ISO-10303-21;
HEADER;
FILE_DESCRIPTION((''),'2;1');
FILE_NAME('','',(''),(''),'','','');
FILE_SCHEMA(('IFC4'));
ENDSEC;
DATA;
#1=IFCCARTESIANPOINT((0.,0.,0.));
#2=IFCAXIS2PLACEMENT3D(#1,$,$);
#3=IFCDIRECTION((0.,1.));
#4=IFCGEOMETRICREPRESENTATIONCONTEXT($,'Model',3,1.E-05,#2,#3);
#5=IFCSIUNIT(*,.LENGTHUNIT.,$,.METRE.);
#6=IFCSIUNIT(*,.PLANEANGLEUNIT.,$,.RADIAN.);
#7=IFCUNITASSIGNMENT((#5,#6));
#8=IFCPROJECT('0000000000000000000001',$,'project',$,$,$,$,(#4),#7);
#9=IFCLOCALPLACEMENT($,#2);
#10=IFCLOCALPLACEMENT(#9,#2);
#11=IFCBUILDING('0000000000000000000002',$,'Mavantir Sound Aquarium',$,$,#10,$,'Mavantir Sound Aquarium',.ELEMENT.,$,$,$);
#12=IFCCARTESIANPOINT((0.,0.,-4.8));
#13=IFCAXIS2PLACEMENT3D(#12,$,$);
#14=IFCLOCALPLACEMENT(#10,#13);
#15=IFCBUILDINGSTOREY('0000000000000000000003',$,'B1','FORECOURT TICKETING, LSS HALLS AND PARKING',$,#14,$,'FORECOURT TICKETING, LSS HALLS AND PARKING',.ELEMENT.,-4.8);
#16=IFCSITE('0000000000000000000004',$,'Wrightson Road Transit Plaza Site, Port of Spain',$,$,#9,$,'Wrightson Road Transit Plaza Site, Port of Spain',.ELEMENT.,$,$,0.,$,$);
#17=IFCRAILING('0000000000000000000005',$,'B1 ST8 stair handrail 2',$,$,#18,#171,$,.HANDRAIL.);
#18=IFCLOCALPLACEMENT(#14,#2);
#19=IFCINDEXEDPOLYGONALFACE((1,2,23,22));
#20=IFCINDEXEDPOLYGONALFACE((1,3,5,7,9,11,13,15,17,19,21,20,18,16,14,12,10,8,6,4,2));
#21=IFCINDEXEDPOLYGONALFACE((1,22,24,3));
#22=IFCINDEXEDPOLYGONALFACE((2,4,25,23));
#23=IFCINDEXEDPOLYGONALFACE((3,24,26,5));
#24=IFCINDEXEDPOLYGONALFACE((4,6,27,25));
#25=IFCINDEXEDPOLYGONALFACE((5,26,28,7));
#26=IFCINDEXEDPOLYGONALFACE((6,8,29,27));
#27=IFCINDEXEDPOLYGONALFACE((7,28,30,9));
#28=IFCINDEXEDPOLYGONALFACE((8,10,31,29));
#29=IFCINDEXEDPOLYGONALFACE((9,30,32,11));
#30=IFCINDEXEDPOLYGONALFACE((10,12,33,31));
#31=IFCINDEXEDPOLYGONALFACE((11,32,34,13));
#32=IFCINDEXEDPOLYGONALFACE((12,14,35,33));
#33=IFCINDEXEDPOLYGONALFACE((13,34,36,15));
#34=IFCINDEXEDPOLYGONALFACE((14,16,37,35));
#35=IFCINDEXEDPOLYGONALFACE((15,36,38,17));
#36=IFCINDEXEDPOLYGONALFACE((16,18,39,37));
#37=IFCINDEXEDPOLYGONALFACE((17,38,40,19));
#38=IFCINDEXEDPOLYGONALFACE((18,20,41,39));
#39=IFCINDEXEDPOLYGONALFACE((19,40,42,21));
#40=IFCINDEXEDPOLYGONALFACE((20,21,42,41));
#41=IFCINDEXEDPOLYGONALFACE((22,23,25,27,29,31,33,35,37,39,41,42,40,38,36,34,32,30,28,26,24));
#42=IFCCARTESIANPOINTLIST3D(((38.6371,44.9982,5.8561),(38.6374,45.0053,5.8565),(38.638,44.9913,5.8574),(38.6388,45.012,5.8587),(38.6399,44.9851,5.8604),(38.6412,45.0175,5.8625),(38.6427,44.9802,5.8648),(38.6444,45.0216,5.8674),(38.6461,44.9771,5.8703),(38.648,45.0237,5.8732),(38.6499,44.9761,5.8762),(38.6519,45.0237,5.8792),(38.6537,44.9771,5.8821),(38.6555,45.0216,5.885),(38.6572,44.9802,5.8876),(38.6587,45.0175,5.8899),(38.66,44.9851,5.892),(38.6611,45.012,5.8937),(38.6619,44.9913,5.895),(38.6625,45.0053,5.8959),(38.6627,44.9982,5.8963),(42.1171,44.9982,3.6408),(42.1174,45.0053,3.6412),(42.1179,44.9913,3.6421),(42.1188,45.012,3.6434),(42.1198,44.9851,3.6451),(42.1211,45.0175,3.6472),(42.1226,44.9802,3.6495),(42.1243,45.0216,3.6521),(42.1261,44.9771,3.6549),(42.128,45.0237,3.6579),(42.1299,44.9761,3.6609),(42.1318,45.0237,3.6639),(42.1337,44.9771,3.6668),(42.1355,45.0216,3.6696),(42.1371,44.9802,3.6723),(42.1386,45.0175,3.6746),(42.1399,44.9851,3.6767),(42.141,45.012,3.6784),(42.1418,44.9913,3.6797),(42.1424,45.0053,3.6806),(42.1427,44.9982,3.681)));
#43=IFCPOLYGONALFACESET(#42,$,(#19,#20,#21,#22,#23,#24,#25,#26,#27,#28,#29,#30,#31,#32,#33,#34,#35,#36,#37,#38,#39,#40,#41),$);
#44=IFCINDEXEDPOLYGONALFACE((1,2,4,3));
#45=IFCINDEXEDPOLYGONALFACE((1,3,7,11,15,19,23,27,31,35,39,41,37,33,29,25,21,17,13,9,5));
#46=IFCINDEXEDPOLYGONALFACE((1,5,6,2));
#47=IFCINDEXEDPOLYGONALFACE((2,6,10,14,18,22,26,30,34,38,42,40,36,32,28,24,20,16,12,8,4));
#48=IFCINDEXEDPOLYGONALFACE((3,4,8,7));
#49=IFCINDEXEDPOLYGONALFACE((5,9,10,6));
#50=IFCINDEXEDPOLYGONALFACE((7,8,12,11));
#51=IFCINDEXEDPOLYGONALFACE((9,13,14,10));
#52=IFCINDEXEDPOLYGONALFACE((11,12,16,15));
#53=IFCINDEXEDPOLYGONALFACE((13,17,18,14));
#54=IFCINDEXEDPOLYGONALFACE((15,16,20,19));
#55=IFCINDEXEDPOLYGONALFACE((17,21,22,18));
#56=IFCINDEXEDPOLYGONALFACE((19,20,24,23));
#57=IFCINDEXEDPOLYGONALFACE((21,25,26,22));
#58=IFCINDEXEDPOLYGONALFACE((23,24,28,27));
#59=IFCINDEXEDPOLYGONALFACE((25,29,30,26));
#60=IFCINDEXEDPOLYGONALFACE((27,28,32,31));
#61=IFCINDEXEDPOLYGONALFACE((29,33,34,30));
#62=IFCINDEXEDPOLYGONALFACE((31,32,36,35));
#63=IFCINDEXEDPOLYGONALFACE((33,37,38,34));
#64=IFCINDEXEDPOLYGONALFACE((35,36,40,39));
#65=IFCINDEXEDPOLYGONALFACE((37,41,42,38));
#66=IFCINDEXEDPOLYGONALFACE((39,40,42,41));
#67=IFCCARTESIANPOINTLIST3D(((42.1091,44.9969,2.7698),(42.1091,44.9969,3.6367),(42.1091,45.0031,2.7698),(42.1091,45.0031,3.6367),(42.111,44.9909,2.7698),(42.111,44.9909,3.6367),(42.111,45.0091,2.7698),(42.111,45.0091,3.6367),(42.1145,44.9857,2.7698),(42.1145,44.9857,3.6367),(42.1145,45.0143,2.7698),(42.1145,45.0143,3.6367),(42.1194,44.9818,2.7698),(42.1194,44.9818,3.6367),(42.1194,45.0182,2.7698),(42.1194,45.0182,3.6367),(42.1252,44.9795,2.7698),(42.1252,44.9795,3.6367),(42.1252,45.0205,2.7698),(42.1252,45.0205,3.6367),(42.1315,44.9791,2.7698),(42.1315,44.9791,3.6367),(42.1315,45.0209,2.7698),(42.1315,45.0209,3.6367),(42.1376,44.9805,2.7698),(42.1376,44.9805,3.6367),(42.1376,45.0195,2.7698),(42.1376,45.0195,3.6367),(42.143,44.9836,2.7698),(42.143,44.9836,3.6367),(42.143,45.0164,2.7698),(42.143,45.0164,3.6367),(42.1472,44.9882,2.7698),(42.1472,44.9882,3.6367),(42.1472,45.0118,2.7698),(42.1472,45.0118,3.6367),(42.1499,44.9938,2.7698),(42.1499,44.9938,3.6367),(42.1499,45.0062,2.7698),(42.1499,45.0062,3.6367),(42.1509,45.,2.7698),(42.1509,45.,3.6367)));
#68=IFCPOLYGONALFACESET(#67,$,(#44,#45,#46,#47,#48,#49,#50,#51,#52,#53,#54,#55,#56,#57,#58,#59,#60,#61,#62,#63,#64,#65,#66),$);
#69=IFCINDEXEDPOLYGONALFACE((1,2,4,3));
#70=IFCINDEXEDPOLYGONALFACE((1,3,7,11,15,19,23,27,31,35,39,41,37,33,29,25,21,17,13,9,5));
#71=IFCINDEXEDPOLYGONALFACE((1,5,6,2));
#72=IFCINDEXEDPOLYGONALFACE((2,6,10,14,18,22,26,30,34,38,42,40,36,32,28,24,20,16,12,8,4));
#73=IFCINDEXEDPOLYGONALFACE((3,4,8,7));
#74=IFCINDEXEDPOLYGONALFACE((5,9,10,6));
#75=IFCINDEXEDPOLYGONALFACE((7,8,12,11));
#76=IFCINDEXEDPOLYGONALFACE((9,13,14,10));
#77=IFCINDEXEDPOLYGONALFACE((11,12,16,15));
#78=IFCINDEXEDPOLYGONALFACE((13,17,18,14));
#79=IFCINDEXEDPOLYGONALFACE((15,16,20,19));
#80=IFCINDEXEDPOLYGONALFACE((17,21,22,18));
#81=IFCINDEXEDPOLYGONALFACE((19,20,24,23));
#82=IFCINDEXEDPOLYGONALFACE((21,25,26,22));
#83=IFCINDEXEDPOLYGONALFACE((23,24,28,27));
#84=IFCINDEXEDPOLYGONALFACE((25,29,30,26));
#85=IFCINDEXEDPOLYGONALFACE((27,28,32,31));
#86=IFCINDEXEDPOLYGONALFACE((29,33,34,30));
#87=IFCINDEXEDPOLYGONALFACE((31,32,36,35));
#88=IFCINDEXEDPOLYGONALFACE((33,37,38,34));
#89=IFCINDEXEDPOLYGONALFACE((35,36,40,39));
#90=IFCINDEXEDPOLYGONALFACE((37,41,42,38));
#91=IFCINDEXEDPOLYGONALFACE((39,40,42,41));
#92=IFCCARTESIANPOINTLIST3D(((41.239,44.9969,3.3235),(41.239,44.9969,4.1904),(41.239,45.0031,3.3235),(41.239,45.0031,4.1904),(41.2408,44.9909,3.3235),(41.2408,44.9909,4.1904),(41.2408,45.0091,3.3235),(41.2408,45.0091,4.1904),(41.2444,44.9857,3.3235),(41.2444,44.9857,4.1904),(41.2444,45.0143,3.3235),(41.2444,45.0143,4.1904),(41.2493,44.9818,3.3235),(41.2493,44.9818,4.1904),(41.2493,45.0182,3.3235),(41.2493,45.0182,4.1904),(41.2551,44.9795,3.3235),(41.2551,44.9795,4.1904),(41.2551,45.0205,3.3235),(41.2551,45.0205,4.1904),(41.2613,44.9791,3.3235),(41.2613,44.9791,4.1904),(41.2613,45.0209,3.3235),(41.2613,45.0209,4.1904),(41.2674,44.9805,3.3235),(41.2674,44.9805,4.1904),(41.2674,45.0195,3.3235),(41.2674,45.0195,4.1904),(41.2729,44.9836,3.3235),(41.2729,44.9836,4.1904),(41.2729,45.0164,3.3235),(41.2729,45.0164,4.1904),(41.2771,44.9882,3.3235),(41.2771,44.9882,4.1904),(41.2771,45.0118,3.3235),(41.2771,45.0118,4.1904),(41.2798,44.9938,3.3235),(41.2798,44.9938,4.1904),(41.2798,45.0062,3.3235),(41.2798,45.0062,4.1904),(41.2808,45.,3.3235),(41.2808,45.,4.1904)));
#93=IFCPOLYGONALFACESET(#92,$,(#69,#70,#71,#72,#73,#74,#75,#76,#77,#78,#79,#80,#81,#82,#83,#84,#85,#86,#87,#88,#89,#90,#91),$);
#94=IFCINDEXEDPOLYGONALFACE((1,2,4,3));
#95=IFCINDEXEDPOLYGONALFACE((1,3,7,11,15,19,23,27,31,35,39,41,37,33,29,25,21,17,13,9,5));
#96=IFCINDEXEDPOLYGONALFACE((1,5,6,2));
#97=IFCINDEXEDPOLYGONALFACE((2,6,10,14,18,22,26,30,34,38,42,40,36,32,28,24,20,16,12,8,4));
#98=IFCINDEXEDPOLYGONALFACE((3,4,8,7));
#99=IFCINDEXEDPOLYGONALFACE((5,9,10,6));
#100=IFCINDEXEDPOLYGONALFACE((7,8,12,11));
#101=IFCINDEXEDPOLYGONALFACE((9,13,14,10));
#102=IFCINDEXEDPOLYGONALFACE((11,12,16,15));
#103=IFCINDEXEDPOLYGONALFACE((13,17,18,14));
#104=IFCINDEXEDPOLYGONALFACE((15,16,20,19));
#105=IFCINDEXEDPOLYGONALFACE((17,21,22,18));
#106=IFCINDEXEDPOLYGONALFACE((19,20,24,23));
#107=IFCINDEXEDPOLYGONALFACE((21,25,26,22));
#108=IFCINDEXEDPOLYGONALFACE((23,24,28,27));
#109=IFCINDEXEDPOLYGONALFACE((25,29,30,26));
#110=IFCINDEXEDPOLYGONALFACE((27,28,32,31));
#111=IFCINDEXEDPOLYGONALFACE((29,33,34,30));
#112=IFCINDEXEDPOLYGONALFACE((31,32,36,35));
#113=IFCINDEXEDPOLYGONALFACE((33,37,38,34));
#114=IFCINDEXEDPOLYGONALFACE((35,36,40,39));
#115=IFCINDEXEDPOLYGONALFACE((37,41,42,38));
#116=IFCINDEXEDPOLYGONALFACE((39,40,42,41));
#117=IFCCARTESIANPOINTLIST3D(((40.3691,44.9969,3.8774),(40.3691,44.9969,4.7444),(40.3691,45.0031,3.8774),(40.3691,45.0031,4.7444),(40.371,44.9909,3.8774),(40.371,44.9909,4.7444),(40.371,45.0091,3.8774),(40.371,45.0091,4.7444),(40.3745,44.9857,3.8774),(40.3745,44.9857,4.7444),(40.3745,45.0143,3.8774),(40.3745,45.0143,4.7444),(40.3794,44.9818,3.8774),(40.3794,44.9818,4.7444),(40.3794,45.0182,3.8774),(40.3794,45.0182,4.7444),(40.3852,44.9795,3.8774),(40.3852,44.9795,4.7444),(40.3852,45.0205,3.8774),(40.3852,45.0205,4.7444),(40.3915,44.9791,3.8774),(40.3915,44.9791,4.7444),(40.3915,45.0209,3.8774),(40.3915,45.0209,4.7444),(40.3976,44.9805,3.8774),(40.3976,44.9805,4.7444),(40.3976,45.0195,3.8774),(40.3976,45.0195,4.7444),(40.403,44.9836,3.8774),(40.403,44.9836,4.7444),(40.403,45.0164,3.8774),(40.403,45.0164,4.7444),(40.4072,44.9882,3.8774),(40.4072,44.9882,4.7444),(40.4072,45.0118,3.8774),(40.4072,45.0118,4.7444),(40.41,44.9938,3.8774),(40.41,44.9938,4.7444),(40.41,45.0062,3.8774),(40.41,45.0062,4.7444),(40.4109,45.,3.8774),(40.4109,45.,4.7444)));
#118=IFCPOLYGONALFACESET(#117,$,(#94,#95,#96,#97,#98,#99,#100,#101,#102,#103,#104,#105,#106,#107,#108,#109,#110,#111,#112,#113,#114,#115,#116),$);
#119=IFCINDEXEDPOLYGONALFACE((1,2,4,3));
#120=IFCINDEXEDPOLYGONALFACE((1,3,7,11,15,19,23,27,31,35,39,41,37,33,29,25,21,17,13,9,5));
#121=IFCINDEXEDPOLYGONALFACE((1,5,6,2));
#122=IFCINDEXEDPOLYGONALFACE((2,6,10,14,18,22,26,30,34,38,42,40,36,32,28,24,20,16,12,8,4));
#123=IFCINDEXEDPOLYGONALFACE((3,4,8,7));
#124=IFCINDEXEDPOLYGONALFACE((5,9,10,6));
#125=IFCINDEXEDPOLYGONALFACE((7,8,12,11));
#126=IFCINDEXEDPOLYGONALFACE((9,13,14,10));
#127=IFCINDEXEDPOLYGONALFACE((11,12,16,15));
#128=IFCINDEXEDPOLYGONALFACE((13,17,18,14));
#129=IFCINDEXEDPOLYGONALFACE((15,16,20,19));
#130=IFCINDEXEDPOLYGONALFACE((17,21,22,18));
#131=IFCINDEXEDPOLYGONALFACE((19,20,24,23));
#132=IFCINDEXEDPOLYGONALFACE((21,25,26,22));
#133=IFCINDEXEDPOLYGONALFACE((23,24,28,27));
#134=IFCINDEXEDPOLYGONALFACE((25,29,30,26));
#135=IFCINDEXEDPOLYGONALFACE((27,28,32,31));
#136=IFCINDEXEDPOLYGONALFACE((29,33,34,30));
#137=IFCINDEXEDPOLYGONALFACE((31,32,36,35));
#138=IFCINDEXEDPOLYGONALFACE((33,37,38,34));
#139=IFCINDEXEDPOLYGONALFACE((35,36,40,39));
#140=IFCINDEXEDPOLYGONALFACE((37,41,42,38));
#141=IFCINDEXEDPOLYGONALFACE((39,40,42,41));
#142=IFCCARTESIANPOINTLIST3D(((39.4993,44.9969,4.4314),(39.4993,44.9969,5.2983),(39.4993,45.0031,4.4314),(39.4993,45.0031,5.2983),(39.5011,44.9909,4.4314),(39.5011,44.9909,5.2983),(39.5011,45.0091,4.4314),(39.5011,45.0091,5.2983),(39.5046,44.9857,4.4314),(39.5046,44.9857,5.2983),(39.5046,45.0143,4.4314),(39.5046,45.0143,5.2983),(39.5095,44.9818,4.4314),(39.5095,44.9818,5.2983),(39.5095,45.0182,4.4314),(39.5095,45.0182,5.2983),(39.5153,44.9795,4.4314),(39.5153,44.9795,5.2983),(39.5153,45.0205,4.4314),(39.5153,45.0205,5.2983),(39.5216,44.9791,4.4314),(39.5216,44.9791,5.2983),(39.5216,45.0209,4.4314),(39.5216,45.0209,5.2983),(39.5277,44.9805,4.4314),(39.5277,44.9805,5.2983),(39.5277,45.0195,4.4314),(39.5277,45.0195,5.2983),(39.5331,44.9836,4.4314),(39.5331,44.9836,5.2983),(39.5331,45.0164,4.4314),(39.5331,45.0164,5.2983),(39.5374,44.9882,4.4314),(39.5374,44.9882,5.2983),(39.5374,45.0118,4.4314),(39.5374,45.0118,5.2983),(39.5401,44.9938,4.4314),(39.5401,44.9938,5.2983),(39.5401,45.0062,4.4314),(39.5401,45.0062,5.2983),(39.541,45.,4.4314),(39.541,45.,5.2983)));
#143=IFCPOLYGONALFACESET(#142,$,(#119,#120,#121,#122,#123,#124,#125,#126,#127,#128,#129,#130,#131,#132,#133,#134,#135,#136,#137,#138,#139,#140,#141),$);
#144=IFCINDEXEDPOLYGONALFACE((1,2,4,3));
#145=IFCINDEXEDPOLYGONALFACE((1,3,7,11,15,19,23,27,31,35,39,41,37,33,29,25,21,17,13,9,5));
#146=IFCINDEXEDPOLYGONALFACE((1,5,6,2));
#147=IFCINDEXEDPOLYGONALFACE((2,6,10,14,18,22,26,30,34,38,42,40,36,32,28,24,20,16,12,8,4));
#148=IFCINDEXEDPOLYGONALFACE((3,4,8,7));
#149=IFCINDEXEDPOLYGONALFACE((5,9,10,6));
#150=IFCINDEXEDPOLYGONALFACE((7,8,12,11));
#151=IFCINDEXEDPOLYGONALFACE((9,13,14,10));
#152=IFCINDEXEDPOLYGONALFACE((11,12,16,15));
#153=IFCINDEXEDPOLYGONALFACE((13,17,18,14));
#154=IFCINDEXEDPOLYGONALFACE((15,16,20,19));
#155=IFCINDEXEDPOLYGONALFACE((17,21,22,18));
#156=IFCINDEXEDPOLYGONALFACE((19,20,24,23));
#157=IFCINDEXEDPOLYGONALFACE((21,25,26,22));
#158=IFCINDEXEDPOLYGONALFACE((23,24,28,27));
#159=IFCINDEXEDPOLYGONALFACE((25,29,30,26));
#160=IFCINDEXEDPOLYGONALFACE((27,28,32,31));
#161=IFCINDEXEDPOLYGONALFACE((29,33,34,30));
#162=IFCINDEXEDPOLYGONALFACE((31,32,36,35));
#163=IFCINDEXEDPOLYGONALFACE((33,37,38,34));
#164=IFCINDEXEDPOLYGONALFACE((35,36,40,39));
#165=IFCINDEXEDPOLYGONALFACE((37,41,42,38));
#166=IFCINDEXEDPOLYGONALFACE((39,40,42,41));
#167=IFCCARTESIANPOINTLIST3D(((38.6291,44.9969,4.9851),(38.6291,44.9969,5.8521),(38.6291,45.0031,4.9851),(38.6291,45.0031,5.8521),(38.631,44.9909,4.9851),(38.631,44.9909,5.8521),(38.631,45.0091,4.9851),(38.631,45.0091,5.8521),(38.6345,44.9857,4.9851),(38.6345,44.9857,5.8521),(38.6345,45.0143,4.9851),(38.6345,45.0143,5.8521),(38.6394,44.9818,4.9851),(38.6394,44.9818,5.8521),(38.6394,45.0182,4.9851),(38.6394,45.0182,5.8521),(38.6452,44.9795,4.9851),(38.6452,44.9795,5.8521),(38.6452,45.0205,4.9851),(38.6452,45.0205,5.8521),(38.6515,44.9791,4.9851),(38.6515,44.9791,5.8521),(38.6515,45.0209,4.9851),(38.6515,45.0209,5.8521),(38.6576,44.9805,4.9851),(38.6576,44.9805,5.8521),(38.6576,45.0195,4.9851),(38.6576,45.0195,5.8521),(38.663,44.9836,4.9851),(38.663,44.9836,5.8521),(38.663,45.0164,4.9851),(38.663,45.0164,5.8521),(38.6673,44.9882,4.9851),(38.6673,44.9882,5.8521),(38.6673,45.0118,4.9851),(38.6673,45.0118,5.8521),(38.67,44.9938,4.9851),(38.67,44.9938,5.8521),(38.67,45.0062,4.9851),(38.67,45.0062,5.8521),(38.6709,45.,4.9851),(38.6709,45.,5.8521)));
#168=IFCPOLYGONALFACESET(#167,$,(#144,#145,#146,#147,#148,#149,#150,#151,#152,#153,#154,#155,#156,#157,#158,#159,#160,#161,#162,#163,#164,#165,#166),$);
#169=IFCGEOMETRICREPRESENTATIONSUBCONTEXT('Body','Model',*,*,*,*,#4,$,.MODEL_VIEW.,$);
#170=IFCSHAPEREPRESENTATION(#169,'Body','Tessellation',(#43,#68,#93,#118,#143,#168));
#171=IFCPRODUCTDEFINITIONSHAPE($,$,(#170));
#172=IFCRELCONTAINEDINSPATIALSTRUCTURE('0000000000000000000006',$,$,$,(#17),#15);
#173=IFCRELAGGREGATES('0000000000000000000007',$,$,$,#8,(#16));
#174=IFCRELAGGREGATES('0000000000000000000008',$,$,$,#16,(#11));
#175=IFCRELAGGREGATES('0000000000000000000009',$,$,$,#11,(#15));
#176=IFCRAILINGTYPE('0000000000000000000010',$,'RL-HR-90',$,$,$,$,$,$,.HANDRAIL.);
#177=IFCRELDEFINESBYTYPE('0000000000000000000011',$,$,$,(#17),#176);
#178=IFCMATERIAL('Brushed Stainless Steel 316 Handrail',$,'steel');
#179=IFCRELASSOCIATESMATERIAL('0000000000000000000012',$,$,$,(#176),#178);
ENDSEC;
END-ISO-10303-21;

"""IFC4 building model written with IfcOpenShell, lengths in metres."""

from ifc_helpers import new_model, si_unit, direction, frame, origin, origin_2d, place, context, subcontext, project, spatial, circle, extrude, material, type_object, element, save


model = new_model("IFC4")

# Units and contexts
model_context = context("Model", 3, precision=1e-05, world=origin(), true_north=direction((0.0, 1.0)))
body_context = subcontext(model_context, "Body", "Model", "MODEL_VIEW")
ifc_project = project(units=[si_unit("LENGTHUNIT", "METRE"), si_unit("PLANEANGLEUNIT", "RADIAN")], contexts=[model_context])

# Site, building, storey
site_placement = place(None, origin())
site = spatial("IfcSite", under=ifc_project, at=site_placement, Name="Wrightson Road Transit Plaza Site, Port of Spain", LongName="Wrightson Road Transit Plaza Site, Port of Spain", CompositionType="ELEMENT", RefElevation=0.0)
building_placement = place(site_placement, origin())
building = spatial("IfcBuilding", under=site, at=building_placement, Name="Mavantir Sound Aquarium", LongName="Mavantir Sound Aquarium", CompositionType="ELEMENT")
storey_placement = place(building_placement, frame((0.0, 0.0, -4.8)))
storey = spatial("IfcBuildingStorey", under=building, at=storey_placement, Name="B1", Description="FORECOURT TICKETING, LSS HALLS AND PARKING", LongName="FORECOURT TICKETING, LSS HALLS AND PARKING", CompositionType="ELEMENT", Elevation=-4.8)

# Railing
ifc_material_1 = material(Name="Brushed Stainless Steel 316 Handrail", Category="steel")
railing_type_1 = type_object("IfcRailingType", Name="RL-HR-90", PredefinedType="HANDRAIL", material=ifc_material_1)
railing_1_placement = place(storey_placement, frame((42.1299, 45.0, 2.7698)))
element("IfcRailing", 1, at=railing_1_placement, inside=storey, type_object=railing_type_1, Name="B1 ST8 stair handrail 2", PredefinedType="HANDRAIL", context=body_context, shape_type="SweptSolid", body=[
    extrude(circle(Radius=0.0239, at=origin_2d()), frame((0.0, 0.0, 0.8911), z_axis=(-0.843574, 0.0, 0.537013), x_axis=(0.0, -1.0, 0.0)), (0.0, 0.0, 1.0), 4.1252),
    extrude(circle(Radius=0.021, at=origin_2d()), origin(), (0.0, 0.0, 1.0), 0.8669),
    extrude(circle(Radius=0.021, at=origin_2d()), frame((-0.8701, 0.0, 0.5537)), (0.0, 0.0, 1.0), 0.8669),
    extrude(circle(Radius=0.021, at=origin_2d()), frame((-1.74, 0.0, 1.1077)), (0.0, 0.0, 1.0), 0.8669),
    extrude(circle(Radius=0.021, at=origin_2d()), frame((-2.6099, 0.0, 1.6616)), (0.0, 0.0, 1.0), 0.8669),
    extrude(circle(Radius=0.021, at=origin_2d()), frame((-3.48, 0.0, 2.2153)), (0.0, 0.0, 1.0), 0.8669),
])

save(model, "model.ifc")
